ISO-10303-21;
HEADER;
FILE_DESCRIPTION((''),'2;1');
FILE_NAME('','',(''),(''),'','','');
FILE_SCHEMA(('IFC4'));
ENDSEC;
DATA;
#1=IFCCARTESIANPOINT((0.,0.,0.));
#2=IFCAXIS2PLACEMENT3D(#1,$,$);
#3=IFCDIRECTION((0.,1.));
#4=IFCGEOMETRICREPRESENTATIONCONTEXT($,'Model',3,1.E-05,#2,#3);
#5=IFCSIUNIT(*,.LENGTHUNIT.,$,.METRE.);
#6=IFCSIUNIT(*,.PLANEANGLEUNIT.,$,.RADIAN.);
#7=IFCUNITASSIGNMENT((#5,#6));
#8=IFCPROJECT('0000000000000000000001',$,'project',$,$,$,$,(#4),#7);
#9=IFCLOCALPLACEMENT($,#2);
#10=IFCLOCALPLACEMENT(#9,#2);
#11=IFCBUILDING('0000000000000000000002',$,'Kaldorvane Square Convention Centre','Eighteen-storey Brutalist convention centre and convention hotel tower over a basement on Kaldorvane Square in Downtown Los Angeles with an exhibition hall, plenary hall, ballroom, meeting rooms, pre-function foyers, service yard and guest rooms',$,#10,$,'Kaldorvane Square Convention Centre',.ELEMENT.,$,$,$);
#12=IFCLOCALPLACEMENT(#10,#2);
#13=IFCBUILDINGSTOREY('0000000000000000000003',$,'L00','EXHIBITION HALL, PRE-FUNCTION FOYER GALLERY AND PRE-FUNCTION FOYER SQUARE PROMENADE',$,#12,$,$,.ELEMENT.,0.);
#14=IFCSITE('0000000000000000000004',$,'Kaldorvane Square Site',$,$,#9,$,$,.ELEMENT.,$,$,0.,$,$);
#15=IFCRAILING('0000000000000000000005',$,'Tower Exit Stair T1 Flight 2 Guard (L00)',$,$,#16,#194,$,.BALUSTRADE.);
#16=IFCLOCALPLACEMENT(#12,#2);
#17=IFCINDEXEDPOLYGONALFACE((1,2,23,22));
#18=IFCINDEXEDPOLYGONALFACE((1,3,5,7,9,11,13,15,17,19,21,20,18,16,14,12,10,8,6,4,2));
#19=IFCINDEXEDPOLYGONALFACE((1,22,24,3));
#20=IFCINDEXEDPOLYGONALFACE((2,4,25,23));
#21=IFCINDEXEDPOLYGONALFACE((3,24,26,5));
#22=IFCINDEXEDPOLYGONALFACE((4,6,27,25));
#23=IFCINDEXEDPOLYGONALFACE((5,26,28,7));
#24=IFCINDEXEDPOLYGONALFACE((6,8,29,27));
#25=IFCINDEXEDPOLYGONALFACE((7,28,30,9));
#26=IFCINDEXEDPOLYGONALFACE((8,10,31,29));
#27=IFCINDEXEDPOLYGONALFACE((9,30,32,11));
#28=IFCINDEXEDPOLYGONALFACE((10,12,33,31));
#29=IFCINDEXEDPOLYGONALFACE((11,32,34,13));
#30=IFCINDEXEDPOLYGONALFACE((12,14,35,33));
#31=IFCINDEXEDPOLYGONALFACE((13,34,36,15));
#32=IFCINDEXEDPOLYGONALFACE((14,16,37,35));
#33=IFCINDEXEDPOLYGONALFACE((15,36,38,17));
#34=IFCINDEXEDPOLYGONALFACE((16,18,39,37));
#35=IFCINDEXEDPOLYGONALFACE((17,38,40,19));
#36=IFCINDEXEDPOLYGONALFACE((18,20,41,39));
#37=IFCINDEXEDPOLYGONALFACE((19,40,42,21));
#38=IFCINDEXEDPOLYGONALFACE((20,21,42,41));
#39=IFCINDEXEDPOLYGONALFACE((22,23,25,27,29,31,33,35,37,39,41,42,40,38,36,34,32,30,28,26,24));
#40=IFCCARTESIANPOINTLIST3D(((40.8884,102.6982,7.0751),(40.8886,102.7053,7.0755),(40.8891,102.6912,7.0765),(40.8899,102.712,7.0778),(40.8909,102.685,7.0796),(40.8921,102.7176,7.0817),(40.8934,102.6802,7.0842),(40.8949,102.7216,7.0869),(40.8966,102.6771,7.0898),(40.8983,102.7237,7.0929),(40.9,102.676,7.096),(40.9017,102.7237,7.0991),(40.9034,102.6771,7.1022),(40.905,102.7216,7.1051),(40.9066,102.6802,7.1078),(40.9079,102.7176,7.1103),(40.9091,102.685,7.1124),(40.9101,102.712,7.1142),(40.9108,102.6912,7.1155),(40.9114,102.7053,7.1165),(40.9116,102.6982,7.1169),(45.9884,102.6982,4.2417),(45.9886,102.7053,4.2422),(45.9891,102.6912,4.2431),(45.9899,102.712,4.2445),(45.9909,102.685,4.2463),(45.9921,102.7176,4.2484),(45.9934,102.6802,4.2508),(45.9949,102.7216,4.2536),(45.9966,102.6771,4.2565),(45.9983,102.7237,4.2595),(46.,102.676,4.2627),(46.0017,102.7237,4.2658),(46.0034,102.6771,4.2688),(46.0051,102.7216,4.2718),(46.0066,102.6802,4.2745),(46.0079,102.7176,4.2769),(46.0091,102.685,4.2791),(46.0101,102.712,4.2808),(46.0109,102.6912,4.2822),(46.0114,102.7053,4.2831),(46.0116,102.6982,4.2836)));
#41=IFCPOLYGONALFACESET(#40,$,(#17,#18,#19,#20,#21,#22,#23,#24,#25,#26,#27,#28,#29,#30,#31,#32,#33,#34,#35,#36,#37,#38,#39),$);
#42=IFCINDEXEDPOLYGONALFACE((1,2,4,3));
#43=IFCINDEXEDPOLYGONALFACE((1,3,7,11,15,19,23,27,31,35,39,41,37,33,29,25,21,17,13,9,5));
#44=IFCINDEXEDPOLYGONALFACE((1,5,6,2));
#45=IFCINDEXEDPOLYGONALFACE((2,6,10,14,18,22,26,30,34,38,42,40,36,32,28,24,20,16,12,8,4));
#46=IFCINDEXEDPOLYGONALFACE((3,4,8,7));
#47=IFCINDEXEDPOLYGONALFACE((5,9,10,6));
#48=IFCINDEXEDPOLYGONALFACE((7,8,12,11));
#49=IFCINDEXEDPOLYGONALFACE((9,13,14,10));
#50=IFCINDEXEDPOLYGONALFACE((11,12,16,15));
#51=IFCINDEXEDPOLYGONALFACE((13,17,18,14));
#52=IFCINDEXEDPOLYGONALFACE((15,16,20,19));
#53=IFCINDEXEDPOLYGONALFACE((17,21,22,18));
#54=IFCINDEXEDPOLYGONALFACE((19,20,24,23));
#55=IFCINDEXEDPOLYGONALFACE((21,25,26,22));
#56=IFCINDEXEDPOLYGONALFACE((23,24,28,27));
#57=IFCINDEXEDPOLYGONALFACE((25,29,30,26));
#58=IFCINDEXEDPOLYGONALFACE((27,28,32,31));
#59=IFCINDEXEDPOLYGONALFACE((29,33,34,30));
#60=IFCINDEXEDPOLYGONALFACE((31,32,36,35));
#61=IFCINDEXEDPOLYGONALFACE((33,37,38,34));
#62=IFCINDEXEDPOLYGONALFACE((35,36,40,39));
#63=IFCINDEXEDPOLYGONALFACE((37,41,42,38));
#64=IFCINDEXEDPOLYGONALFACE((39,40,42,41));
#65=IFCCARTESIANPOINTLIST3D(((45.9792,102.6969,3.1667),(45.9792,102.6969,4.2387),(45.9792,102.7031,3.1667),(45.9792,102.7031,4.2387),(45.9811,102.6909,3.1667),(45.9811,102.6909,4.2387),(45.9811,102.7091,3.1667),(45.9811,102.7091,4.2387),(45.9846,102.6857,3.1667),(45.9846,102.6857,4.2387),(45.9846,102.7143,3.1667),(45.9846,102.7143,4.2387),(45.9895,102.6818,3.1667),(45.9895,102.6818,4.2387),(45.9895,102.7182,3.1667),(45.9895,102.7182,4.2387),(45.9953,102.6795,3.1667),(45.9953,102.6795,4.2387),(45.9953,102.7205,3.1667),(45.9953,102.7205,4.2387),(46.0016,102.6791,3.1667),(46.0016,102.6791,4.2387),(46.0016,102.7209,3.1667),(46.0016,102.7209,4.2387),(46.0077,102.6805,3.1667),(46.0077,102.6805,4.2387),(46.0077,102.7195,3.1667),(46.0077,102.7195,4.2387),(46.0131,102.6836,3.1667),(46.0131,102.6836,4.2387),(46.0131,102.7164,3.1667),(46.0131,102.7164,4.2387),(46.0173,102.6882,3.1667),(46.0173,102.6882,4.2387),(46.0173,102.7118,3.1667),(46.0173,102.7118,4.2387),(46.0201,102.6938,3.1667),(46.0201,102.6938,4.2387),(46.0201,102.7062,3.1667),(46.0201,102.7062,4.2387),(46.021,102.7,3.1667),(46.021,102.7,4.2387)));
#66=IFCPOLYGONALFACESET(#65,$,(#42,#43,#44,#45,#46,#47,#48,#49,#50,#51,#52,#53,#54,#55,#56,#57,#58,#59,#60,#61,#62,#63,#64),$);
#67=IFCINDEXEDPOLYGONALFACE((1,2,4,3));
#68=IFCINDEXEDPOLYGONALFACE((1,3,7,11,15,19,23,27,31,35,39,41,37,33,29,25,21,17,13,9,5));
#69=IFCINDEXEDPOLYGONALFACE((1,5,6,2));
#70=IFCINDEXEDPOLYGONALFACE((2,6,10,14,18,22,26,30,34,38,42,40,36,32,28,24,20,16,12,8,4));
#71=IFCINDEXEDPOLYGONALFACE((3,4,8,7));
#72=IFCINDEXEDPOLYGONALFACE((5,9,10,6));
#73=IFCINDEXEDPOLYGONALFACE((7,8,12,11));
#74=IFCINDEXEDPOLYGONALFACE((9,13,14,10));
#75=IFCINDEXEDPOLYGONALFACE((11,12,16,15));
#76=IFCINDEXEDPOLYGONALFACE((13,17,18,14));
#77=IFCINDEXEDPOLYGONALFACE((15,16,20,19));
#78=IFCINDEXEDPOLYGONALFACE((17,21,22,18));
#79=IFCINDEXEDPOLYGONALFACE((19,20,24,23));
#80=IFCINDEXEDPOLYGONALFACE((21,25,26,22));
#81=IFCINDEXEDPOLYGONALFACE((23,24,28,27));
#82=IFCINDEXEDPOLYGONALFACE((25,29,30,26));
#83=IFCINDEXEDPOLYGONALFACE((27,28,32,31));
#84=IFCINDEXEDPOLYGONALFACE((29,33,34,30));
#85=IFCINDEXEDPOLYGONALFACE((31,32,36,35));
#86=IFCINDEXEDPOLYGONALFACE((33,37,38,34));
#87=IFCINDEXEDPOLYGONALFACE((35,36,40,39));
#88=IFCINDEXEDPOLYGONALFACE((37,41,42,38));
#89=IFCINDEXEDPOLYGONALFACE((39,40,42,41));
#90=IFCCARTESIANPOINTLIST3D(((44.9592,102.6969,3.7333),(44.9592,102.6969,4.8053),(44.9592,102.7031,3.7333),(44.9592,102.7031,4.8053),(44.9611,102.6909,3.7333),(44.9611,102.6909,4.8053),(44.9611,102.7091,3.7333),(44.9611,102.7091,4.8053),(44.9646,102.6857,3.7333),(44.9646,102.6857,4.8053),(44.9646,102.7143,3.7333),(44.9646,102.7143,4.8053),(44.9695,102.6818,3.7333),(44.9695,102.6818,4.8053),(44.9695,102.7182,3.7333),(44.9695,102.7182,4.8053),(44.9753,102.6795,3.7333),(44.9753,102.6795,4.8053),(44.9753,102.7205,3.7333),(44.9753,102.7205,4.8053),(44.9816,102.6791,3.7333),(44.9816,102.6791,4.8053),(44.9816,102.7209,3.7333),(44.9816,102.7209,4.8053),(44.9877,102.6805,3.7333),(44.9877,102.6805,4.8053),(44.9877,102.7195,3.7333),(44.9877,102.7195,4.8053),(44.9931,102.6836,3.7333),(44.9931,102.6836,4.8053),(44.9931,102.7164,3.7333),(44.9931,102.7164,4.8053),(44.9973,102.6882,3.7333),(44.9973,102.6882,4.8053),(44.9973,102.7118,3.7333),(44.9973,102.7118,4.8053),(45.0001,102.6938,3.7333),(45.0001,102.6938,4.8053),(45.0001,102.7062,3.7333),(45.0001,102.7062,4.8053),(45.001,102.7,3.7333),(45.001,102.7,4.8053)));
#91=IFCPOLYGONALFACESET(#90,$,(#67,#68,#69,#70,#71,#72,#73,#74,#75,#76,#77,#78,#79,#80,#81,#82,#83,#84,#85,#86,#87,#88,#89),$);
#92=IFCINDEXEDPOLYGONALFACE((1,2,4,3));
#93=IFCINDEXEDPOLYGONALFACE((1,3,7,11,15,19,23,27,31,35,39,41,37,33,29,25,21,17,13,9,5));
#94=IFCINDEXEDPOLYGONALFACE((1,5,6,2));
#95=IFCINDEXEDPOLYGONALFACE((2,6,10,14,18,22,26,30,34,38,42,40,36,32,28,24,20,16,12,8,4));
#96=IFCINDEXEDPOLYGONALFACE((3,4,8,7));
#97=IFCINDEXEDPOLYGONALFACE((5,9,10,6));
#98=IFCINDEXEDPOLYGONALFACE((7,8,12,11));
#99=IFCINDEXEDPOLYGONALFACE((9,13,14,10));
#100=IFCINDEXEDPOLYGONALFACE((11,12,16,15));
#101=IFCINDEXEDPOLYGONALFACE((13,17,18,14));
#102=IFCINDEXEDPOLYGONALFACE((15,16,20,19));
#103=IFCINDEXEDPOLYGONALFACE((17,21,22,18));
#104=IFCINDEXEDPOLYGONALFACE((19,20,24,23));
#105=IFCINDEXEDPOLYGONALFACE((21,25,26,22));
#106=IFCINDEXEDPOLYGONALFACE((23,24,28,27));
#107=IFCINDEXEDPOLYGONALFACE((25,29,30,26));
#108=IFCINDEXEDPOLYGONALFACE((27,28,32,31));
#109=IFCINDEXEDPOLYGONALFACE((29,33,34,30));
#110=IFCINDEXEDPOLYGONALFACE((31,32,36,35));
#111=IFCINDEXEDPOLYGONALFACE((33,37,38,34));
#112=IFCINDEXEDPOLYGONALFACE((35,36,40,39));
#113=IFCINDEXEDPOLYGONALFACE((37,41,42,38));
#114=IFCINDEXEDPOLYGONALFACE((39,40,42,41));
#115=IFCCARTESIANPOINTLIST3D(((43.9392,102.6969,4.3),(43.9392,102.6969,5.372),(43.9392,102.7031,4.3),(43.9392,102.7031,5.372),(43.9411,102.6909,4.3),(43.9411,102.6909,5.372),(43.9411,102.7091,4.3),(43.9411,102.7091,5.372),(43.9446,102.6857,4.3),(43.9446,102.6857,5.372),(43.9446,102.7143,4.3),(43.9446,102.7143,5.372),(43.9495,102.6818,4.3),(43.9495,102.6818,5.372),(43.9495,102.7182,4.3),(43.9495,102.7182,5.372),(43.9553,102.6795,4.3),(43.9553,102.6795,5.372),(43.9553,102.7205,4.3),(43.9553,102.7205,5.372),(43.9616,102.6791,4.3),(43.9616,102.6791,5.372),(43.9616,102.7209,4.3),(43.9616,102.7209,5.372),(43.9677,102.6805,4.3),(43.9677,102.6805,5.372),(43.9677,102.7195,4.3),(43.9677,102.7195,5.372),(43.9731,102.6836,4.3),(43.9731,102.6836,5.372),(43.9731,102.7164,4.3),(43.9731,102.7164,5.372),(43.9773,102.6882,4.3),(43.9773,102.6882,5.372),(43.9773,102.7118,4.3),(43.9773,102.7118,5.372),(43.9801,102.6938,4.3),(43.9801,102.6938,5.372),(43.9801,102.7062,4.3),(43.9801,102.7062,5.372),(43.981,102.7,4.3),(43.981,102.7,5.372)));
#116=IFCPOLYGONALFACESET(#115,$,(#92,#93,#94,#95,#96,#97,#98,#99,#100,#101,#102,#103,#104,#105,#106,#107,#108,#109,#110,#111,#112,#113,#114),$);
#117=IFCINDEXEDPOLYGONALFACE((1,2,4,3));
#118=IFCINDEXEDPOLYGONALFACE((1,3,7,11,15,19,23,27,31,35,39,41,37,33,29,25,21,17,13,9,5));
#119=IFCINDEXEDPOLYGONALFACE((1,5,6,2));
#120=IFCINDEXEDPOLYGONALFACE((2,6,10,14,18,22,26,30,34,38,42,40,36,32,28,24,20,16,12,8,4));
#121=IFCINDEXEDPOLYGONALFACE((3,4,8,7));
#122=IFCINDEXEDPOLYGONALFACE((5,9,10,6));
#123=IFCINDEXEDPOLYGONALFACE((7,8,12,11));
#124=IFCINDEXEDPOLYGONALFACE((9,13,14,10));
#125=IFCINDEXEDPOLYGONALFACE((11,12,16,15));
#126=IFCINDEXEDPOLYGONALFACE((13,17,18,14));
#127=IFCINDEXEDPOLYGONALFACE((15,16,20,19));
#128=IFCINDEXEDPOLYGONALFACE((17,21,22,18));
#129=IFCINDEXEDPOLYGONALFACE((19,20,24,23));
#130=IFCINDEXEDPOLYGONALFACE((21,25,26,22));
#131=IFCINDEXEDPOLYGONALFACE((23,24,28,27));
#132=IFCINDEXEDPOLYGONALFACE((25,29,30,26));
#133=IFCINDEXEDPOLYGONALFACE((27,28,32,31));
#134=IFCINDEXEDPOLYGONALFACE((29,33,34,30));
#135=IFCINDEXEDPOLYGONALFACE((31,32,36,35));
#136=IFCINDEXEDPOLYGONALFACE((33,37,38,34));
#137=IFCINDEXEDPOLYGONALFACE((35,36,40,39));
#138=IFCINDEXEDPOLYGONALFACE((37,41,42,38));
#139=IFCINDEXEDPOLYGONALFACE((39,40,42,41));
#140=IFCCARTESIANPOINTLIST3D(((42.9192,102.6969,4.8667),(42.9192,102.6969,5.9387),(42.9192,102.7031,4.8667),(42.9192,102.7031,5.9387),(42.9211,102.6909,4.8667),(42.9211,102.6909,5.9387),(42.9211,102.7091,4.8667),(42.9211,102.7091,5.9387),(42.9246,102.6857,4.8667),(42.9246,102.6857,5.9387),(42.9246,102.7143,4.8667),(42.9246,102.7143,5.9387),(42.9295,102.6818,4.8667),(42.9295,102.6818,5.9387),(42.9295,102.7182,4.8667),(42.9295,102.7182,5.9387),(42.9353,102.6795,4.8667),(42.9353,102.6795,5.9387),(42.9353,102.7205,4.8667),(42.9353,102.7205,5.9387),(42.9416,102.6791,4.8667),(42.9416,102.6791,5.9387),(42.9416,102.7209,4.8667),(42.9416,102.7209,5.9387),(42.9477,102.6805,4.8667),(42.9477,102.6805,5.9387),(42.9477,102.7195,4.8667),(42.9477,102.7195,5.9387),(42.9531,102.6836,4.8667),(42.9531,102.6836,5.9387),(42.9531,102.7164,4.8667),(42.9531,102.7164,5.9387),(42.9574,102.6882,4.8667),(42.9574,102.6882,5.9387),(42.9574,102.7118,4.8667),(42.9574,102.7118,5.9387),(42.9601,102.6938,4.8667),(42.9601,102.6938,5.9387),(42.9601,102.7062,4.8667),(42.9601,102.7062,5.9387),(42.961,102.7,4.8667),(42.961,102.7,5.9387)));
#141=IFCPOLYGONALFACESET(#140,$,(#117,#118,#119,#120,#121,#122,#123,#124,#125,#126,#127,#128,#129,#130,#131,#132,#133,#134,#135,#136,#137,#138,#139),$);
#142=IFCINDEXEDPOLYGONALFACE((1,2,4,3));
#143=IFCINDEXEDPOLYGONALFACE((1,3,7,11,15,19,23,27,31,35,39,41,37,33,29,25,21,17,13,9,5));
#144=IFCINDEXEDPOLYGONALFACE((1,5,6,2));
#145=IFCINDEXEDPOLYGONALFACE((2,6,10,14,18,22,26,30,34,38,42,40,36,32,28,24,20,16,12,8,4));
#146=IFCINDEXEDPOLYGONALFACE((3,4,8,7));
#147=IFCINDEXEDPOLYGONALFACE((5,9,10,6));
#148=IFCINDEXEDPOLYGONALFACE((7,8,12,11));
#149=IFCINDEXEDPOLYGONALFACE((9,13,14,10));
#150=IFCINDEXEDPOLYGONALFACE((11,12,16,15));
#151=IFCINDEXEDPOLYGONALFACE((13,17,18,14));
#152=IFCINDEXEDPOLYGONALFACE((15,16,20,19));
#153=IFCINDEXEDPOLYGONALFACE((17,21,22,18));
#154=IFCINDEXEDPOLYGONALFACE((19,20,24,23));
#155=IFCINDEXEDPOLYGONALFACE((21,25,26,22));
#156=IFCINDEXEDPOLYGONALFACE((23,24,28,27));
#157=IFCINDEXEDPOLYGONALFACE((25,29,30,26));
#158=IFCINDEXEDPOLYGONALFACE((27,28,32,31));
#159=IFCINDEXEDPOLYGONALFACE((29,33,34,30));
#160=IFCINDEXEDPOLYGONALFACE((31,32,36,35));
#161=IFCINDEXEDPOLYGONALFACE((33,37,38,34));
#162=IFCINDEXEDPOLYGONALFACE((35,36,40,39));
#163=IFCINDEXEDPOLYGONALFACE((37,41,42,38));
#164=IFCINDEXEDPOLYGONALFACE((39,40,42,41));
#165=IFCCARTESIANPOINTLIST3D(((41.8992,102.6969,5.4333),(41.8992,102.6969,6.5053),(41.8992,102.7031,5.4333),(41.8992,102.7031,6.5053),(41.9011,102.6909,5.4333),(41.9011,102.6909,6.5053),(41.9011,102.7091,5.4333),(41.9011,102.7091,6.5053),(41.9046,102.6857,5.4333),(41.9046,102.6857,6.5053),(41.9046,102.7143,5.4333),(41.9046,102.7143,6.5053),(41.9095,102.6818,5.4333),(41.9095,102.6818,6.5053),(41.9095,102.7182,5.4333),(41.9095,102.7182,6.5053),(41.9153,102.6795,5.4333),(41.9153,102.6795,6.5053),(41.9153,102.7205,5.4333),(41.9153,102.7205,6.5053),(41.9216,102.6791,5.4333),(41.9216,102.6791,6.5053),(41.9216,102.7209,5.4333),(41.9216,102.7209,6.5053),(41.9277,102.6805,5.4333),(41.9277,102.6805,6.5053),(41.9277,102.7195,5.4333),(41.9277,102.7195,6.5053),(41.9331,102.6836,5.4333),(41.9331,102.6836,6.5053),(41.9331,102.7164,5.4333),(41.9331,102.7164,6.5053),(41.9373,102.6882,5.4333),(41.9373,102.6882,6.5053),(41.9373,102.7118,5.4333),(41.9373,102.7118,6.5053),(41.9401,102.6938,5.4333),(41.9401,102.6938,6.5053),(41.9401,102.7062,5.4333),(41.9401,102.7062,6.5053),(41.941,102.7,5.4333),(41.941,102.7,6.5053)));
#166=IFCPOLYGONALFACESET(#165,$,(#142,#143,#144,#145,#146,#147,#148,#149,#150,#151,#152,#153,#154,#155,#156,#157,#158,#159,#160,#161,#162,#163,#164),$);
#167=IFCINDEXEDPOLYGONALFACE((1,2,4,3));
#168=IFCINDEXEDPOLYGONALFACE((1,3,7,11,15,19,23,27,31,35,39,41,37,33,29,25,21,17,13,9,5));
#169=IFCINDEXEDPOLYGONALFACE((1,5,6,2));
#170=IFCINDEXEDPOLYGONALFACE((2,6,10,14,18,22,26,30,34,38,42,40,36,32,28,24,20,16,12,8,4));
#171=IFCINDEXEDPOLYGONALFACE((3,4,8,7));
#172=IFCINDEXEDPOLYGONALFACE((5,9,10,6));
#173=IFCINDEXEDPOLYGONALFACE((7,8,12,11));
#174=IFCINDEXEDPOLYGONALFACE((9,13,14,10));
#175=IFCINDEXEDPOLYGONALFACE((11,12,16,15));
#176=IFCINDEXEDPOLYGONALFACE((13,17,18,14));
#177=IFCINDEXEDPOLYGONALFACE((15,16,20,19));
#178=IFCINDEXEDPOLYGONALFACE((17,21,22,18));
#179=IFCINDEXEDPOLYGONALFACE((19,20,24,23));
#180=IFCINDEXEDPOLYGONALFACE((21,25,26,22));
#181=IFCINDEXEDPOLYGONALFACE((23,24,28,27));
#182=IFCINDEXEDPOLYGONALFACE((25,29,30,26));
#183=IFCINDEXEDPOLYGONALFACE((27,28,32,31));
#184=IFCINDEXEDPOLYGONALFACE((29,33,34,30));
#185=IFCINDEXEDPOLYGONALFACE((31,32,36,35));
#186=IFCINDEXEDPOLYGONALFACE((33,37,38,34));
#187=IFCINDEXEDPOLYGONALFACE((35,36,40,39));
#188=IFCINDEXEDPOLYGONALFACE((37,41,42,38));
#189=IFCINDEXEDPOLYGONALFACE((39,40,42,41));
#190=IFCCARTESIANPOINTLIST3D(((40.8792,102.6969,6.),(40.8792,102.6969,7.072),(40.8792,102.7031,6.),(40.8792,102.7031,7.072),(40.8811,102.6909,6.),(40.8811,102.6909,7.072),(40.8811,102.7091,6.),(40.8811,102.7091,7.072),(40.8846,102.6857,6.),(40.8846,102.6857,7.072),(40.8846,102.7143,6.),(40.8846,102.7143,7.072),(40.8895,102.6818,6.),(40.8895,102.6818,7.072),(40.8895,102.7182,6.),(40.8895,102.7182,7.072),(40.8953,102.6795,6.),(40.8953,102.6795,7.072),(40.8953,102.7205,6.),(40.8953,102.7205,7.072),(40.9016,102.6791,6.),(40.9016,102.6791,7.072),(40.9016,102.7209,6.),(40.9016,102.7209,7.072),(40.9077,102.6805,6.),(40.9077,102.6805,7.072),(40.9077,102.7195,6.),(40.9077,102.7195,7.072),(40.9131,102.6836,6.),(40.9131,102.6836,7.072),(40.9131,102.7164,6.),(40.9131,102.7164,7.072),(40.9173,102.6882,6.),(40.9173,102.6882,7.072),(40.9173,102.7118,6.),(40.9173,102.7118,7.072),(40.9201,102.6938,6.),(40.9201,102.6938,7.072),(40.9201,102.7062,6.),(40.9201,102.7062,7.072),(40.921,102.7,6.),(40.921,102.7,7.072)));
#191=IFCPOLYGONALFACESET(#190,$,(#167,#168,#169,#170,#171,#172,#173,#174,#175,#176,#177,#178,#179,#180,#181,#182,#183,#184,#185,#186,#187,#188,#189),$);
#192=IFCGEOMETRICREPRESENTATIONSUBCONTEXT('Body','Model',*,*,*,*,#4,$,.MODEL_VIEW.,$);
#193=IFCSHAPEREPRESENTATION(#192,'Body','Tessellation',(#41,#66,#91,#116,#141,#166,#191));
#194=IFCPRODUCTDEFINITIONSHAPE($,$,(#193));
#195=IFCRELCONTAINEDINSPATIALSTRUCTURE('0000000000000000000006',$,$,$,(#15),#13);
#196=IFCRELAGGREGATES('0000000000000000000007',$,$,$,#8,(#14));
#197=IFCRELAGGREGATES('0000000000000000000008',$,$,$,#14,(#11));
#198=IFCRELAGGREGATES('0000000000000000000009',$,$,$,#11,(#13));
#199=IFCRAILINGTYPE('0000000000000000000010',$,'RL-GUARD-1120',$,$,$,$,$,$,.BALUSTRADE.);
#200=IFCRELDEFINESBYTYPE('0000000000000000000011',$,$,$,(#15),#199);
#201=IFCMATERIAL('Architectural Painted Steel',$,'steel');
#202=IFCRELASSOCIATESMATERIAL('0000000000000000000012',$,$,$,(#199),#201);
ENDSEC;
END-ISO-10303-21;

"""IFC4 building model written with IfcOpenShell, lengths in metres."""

from ifc_helpers import new_model, si_unit, direction, frame, origin, origin_2d, place, context, subcontext, project, spatial, circle, extrude, material, type_object, element, save


model = new_model("IFC4")

# Units and contexts
model_context = context("Model", 3, precision=1e-05, world=origin(), true_north=direction((0.0, 1.0)))
body_context = subcontext(model_context, "Body", "Model", "MODEL_VIEW")
ifc_project = project(units=[si_unit("LENGTHUNIT", "METRE"), si_unit("PLANEANGLEUNIT", "RADIAN")], contexts=[model_context])

# Site, building, storey
site_placement = place(None, origin())
site = spatial("IfcSite", under=ifc_project, at=site_placement, Name="Kaldorvane Square Site", CompositionType="ELEMENT", RefElevation=0.0)
building_placement = place(site_placement, origin())
building = spatial("IfcBuilding", under=site, at=building_placement, Name="Kaldorvane Square Convention Centre", Description="Eighteen-storey Brutalist convention centre and convention hotel tower over a basement on Kaldorvane Square in Downtown Los Angeles with an exhibition hall, plenary hall, ballroom, meeting rooms, pre-function foyers, service yard and guest rooms", LongName="Kaldorvane Square Convention Centre", CompositionType="ELEMENT")
storey_placement = place(building_placement, origin())
storey = spatial("IfcBuildingStorey", under=building, at=storey_placement, Name="L00", Description="EXHIBITION HALL, PRE-FUNCTION FOYER GALLERY AND PRE-FUNCTION FOYER SQUARE PROMENADE", CompositionType="ELEMENT", Elevation=0.0)

# Railing
ifc_material_1 = material(Name="Architectural Painted Steel", Category="steel")
railing_type_1 = type_object("IfcRailingType", Name="RL-GUARD-1120", PredefinedType="BALUSTRADE", material=ifc_material_1)
railing_1_placement = place(storey_placement, frame((46.0, 102.7, 3.1667)))
element("IfcRailing", 1, at=railing_1_placement, inside=storey, type_object=railing_type_1, Name="Tower Exit Stair T1 Flight 2 Guard (L00)", PredefinedType="BALUSTRADE", context=body_context, shape_type="SweptSolid", body=[
    extrude(circle(Radius=0.024, at=origin_2d()), frame((0.0, 0.0, 1.096), z_axis=(-0.874158, 0.0, 0.485642), x_axis=(0.0, -1.0, 0.0)), (0.0, 0.0, 1.0), 5.8342),
    extrude(circle(Radius=0.021, at=origin_2d()), origin(), (0.0, 0.0, 1.0), 1.072),
    extrude(circle(Radius=0.021, at=origin_2d()), frame((-1.02, 0.0, 0.5667)), (0.0, 0.0, 1.0), 1.072),
    extrude(circle(Radius=0.021, at=origin_2d()), frame((-2.04, 0.0, 1.1333)), (0.0, 0.0, 1.0), 1.072),
    extrude(circle(Radius=0.021, at=origin_2d()), frame((-3.06, 0.0, 1.7)), (0.0, 0.0, 1.0), 1.072),
    extrude(circle(Radius=0.021, at=origin_2d()), frame((-4.08, 0.0, 2.2667)), (0.0, 0.0, 1.0), 1.072),
    extrude(circle(Radius=0.021, at=origin_2d()), frame((-5.1, 0.0, 2.8333)), (0.0, 0.0, 1.0), 1.072),
])

save(model, "model.ifc")
